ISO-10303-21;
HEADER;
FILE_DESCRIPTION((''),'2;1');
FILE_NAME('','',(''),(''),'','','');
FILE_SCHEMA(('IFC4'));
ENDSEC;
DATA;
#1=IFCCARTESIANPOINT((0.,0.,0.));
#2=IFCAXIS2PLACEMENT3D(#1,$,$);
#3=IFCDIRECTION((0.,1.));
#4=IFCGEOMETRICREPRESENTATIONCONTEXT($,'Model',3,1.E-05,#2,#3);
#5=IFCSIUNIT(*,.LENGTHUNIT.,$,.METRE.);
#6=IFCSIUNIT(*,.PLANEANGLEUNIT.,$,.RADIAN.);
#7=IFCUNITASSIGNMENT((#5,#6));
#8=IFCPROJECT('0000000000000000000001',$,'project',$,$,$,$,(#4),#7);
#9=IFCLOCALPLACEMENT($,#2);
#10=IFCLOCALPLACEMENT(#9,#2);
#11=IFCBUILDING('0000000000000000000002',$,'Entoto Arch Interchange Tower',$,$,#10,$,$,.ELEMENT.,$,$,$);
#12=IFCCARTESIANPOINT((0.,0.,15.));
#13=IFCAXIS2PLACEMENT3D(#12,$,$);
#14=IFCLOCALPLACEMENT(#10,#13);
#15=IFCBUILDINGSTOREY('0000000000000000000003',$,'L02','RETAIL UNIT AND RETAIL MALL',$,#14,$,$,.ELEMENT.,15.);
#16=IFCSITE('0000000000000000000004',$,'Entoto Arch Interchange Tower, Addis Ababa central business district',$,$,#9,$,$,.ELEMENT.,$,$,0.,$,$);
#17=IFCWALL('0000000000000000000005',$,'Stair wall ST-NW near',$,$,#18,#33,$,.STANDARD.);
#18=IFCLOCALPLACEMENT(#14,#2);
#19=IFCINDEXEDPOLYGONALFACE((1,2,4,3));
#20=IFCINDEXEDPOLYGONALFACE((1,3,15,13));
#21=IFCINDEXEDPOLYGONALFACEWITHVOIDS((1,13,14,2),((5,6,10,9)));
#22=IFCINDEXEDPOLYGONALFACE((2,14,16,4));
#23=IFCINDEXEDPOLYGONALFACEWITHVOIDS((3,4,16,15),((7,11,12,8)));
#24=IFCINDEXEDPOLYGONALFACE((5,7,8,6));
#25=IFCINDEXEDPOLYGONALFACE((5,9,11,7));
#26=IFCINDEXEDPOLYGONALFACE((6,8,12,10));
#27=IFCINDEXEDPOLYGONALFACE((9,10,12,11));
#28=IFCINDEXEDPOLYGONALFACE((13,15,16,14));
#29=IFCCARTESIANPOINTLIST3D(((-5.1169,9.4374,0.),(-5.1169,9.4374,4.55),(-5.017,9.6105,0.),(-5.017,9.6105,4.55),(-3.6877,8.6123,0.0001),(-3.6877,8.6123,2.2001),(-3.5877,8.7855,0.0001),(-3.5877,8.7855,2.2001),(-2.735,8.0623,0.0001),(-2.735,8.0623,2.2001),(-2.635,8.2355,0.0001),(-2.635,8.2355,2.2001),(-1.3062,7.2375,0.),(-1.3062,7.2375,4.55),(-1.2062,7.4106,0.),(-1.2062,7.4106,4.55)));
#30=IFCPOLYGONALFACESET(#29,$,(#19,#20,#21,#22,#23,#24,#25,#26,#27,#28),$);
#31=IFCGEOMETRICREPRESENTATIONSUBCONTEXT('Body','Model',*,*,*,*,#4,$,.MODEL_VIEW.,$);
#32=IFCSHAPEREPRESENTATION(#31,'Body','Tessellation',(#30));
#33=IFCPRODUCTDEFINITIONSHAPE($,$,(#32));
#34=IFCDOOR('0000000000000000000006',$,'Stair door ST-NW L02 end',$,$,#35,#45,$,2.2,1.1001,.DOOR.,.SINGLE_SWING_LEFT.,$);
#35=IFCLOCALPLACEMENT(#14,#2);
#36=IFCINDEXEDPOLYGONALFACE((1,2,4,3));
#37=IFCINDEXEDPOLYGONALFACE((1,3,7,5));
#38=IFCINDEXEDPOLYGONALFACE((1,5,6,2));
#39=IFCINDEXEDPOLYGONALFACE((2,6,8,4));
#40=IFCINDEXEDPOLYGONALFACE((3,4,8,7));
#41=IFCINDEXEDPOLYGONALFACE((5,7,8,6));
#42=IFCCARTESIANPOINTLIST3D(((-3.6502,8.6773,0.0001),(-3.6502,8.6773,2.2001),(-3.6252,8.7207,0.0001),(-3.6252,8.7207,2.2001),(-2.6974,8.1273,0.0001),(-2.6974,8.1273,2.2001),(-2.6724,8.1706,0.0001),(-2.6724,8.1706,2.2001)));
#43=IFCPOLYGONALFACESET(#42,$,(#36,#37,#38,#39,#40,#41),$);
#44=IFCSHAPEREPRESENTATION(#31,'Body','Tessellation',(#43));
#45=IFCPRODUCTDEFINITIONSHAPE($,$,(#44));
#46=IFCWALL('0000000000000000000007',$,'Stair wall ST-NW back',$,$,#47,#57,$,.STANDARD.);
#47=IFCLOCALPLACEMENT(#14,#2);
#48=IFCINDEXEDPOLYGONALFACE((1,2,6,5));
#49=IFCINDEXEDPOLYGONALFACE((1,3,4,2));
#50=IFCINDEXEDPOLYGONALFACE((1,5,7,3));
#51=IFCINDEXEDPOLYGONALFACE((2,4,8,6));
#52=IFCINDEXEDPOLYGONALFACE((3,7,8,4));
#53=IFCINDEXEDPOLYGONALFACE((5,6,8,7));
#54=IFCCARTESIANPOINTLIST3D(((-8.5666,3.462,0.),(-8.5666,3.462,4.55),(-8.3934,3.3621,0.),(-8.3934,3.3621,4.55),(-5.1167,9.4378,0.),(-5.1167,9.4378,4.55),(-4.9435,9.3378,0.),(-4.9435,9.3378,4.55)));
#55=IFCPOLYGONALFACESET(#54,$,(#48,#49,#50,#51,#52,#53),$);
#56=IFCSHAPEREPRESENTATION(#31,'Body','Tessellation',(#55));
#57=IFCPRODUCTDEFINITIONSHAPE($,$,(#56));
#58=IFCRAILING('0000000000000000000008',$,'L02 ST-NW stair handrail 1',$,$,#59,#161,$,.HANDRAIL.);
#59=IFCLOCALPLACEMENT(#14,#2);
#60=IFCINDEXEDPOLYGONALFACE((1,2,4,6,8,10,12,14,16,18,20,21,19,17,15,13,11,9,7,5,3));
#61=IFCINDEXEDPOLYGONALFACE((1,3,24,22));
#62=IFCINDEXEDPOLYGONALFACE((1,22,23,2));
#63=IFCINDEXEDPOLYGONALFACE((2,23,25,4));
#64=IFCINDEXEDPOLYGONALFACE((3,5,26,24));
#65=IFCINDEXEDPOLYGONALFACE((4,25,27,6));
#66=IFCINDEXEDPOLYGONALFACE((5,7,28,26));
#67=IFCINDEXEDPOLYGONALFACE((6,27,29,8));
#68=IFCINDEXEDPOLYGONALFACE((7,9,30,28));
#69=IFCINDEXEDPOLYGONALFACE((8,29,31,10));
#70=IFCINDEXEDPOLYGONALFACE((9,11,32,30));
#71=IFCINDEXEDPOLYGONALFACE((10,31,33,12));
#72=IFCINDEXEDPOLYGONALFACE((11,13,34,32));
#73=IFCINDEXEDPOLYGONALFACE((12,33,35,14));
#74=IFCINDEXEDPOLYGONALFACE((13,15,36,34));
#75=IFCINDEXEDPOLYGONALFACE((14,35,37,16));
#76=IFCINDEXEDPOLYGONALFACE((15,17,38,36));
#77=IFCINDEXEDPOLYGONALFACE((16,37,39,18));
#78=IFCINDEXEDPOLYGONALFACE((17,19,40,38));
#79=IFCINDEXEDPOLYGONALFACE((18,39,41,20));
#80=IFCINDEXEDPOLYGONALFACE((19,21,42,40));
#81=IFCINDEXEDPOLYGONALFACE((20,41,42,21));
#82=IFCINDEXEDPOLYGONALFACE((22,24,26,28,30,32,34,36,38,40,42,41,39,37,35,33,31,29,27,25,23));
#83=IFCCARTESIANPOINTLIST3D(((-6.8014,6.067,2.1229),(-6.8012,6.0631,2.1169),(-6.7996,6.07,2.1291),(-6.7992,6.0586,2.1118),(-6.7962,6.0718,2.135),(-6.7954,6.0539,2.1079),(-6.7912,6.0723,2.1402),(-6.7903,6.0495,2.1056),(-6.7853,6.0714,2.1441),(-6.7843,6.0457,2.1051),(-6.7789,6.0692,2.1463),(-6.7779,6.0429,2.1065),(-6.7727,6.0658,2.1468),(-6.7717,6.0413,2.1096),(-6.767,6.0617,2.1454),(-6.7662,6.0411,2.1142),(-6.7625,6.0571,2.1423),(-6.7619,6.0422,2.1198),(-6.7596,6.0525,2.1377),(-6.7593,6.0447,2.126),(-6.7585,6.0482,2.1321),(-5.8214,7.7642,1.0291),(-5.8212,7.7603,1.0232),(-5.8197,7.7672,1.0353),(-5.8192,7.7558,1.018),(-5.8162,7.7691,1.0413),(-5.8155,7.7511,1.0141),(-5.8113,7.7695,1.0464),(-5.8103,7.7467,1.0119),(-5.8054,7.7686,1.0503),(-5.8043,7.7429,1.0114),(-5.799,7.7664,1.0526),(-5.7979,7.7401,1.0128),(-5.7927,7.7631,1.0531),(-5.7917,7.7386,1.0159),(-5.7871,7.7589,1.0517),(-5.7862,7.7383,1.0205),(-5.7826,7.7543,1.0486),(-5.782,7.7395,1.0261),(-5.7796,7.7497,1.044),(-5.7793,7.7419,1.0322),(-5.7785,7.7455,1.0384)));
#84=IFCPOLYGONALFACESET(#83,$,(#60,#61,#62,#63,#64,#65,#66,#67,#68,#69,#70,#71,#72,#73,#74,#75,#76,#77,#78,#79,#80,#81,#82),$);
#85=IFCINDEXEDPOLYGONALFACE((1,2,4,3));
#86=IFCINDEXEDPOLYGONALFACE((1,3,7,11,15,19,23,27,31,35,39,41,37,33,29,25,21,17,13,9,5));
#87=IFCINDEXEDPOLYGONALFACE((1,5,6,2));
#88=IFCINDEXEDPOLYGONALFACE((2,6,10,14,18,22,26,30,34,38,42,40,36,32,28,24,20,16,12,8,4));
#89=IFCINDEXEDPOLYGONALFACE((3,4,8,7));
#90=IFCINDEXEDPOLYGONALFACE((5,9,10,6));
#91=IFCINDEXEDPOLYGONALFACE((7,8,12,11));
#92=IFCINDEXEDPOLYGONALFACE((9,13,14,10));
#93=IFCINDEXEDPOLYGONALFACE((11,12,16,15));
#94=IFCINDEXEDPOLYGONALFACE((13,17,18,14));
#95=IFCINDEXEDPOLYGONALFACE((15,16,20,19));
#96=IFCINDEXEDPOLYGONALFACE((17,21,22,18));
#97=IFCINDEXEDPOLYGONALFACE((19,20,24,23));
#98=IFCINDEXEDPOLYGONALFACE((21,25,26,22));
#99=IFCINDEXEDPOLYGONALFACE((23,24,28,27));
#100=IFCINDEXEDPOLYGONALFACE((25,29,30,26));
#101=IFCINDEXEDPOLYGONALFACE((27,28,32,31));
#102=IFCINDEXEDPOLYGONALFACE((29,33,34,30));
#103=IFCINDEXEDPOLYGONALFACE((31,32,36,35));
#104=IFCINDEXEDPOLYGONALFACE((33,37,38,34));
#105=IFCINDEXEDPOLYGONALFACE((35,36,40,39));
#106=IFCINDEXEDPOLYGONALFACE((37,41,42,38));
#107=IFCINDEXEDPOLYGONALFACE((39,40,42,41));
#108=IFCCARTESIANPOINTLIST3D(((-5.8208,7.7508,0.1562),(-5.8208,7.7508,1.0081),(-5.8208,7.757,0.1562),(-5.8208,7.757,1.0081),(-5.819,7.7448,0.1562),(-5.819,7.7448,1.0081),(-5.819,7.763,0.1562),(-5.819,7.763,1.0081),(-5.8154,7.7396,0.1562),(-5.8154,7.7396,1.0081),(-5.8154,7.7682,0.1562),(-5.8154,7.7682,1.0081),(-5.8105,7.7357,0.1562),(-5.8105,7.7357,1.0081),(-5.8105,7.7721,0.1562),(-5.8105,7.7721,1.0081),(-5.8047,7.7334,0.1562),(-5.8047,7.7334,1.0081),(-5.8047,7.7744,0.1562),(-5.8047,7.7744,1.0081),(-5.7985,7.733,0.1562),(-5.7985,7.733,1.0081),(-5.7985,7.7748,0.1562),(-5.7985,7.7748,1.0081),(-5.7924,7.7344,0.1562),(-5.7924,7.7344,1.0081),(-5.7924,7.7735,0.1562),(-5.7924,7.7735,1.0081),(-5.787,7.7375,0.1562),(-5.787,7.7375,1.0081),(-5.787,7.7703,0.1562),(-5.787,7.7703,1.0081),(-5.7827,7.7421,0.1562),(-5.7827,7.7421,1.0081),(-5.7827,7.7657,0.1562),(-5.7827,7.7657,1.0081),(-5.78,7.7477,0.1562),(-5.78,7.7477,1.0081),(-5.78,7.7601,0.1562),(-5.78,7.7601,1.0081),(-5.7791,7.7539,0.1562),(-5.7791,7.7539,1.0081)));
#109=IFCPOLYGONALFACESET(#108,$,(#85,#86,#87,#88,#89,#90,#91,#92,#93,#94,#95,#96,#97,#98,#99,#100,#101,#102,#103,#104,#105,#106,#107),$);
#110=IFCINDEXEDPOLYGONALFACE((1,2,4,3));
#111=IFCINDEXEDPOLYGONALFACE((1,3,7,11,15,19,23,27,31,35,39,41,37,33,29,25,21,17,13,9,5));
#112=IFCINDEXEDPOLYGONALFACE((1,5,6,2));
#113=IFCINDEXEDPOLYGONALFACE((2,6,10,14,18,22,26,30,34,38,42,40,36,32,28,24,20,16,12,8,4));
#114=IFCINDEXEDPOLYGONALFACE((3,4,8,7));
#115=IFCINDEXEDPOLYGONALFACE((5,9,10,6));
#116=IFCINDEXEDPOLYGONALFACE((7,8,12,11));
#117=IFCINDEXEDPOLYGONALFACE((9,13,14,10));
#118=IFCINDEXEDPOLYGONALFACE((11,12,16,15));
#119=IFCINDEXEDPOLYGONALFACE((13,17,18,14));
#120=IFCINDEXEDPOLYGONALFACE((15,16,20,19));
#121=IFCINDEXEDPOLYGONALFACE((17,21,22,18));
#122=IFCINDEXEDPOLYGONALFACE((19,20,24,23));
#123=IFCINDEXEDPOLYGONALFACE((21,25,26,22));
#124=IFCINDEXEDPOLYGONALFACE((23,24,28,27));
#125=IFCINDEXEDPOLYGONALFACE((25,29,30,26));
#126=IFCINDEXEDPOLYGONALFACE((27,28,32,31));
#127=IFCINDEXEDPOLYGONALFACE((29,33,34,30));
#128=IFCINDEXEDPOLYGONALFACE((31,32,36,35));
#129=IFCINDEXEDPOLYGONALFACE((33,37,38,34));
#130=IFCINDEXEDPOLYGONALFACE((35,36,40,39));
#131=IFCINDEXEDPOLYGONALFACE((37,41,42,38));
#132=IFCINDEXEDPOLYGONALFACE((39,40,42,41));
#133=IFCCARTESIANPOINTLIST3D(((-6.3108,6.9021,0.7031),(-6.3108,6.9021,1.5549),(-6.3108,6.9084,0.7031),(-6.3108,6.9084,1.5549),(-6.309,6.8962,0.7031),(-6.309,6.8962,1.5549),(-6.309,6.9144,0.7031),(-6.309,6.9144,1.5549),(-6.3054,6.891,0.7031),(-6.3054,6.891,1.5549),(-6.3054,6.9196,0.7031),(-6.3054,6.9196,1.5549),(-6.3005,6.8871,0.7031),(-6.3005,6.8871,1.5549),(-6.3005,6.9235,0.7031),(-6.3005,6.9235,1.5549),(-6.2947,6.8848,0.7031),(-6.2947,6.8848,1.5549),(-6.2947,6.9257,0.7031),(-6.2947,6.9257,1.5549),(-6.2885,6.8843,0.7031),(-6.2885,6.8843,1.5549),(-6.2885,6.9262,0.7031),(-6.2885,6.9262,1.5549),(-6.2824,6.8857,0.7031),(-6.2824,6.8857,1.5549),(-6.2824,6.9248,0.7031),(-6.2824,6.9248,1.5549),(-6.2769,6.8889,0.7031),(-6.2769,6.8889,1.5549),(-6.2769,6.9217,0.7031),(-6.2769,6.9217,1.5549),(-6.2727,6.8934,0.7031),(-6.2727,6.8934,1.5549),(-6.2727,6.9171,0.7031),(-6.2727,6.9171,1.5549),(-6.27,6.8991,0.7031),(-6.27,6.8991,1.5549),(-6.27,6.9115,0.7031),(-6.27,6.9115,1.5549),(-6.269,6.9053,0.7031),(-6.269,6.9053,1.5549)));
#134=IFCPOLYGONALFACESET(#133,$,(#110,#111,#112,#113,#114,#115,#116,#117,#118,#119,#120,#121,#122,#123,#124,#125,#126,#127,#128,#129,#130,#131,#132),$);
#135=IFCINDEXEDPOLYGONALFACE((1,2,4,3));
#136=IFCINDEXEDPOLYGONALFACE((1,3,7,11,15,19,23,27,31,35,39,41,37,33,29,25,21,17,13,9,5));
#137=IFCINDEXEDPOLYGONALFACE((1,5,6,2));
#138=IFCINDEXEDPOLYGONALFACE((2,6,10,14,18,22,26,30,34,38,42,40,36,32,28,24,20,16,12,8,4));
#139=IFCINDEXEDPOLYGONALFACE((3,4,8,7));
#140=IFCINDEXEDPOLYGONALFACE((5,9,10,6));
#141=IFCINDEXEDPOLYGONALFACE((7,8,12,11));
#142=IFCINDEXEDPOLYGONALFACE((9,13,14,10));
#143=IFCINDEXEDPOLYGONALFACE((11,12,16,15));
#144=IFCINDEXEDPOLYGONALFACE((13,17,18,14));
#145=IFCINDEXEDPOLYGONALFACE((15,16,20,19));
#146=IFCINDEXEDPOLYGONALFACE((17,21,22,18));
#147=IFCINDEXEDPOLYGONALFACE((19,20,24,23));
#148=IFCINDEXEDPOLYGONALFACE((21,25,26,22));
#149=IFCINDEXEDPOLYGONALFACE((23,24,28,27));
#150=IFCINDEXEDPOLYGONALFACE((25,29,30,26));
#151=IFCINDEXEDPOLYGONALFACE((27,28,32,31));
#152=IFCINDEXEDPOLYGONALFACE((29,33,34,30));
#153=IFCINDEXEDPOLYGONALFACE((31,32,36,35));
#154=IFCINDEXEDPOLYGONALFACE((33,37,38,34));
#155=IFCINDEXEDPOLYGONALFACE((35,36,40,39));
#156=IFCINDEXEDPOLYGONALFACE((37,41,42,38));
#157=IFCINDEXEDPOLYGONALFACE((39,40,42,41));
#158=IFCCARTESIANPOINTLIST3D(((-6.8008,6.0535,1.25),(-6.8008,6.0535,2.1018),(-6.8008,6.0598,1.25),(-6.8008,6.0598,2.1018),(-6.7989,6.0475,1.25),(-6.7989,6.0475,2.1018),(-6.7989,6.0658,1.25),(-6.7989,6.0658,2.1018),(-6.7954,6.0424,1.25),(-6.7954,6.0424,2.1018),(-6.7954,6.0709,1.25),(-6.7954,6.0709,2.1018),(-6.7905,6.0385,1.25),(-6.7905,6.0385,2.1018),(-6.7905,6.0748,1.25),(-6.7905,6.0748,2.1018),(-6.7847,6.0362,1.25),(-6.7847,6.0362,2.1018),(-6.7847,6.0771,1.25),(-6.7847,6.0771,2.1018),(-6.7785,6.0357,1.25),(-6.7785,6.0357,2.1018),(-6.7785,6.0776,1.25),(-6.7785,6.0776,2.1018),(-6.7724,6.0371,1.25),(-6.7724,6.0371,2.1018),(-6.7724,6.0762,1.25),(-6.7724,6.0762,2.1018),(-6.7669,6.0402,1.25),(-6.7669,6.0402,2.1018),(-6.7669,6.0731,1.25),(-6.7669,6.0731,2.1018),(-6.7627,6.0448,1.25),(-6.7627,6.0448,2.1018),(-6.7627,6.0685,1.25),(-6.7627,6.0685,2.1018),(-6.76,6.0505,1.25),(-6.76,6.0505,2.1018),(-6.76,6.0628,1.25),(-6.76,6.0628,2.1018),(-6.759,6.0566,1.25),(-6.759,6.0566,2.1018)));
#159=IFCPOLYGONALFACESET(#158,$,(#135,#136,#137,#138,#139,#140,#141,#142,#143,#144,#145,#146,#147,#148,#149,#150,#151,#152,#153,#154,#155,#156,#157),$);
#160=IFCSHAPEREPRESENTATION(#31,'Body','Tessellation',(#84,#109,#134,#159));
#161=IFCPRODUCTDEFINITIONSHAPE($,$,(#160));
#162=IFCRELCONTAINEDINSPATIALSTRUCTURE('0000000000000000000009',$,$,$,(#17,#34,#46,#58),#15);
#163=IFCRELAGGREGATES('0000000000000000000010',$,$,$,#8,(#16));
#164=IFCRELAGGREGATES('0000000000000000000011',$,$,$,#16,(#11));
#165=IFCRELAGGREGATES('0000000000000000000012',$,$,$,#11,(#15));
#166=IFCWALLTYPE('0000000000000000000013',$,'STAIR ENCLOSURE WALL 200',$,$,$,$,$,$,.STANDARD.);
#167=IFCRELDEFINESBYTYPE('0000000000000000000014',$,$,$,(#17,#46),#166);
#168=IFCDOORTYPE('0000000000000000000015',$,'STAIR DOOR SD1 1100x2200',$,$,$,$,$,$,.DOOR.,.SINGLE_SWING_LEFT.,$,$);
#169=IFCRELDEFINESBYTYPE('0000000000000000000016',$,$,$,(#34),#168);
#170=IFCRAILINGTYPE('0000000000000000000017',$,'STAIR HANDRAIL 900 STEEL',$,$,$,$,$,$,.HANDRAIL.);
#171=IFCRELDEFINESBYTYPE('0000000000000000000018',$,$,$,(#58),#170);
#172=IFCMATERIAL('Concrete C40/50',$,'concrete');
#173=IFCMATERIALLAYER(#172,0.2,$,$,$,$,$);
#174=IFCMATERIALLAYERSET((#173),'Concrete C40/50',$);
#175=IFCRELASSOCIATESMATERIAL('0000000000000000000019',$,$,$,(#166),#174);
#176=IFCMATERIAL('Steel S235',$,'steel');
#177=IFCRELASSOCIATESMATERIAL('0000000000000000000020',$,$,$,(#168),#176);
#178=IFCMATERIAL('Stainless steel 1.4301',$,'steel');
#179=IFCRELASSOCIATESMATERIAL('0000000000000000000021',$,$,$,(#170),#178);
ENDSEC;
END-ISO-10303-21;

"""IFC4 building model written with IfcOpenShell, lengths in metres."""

from ifc_helpers import new_model, si_unit, direction, frame, frame_2d, origin, origin_2d, place, context, subcontext, project, spatial, rectangle, circle, extrude, material, layer, layer_set, type_object, element, fill, save


model = new_model("IFC4")

# Units and contexts
model_context = context("Model", 3, precision=1e-05, world=origin(), true_north=direction((0.0, 1.0)))
body_context = subcontext(model_context, "Body", "Model", "MODEL_VIEW")
ifc_project = project(units=[si_unit("LENGTHUNIT", "METRE"), si_unit("PLANEANGLEUNIT", "RADIAN")], contexts=[model_context])

# Site, building, storey
site_placement = place(None, origin())
site = spatial("IfcSite", under=ifc_project, at=site_placement, Name="Entoto Arch Interchange Tower, Addis Ababa central business district", CompositionType="ELEMENT", RefElevation=0.0)
building_placement = place(site_placement, origin())
building = spatial("IfcBuilding", under=site, at=building_placement, Name="Entoto Arch Interchange Tower", CompositionType="ELEMENT")
storey_placement = place(building_placement, frame((0.0, 0.0, 15.0)))
storey = spatial("IfcBuildingStorey", under=building, at=storey_placement, Name="L02", Description="RETAIL UNIT AND RETAIL MALL", CompositionType="ELEMENT", Elevation=15.0)

# Shared definitions
ifc_material_1 = material(Name="Concrete C40/50", Category="concrete")

# Wall, opening, door
ifc_layer_1 = layer(ifc_material_1, 0.2)
ifc_layer_set_1 = layer_set([ifc_layer_1], Name="Concrete C40/50")
wall_type_1 = type_object("IfcWallType", Name="STAIR ENCLOSURE WALL 200", PredefinedType="STANDARD", material=ifc_layer_set_1)
wall_1_placement = place(storey_placement, frame((-1.2561, 7.324, 0.0), z_axis=(0.0, 0.0, 1.0), x_axis=(-0.866046, 0.499964, 0.0)))
wall_1 = element("IfcWall", 1, at=wall_1_placement, inside=storey, type_object=wall_type_1, Name="Stair wall ST-NW near", PredefinedType="STANDARD", context=body_context, shape_type="SweptSolid", body=[
    extrude(rectangle(XDim=4.4001, YDim=0.2, at=frame_2d((2.2002, 0.0))), origin(), (0.0, 0.0, 1.0), 4.55),
])
opening_1_placement = place(wall_1_placement, frame((1.6499, 0.0, 0.0)))
opening_1 = element("IfcOpeningElement", 2, at=opening_1_placement, cuts=wall_1, PredefinedType="OPENING", context=body_context, shape_type="SweptSolid", body=[
    extrude(rectangle(XDim=1.1001, YDim=2.2, at=frame_2d((0.55, 1.1001))), frame((0.0, 0.1099, 0.0), z_axis=(0.0, -1.0, 0.0), x_axis=(1.0, 0.0, 0.0)), (0.0, 0.0, 1.0), 0.22),
])
ifc_material_2 = material(Name="Steel S235", Category="steel")
door_type_1 = type_object("IfcDoorType", Name="STAIR DOOR SD1 1100x2200", OperationType="SINGLE_SWING_LEFT", PredefinedType="DOOR", material=ifc_material_2)
door_1_placement = place(opening_1_placement, origin())
door_1 = element("IfcDoor", 3, at=door_1_placement, inside=storey, type_object=door_type_1, Name="Stair door ST-NW L02 end", OperationType="SINGLE_SWING_LEFT", OverallHeight=2.2, OverallWidth=1.1001, PredefinedType="DOOR", context=body_context, shape_type="SweptSolid", body=[
    extrude(rectangle(XDim=1.1001, YDim=2.2, at=frame_2d((0.55, 1.1001))), frame((0.0, 0.0249, 0.0), z_axis=(0.0, -1.0, 0.0), x_axis=(1.0, 0.0, 0.0)), (0.0, 0.0, 1.0), 0.05),
])
fill(opening_1, door_1)

# Wall
wall_2_placement = place(storey_placement, frame((-5.03, 9.3879, 0.0), z_axis=(0.0, 0.0, 1.0), x_axis=(-0.499979, -0.866038, 0.0)))
element("IfcWall", 4, at=wall_2_placement, inside=storey, type_object=wall_type_1, Name="Stair wall ST-NW back", PredefinedType="STANDARD", context=body_context, shape_type="SweptSolid", body=[
    extrude(rectangle(XDim=6.9001, YDim=0.2, at=frame_2d((3.4502, 0.0))), origin(), (0.0, 0.0, 1.0), 4.55),
])

# Railing
ifc_material_3 = material(Name="Stainless steel 1.4301", Category="steel")
railing_type = type_object("IfcRailingType", Name="STAIR HANDRAIL 900 STEEL", PredefinedType="HANDRAIL", material=ifc_material_3)
for number, where, name in (
    (5, (-5.8, 7.7539, 0.1562), "L02 ST-NW stair handrail 1"),
):
    element("IfcRailing", number, at=place(storey_placement, frame(where)), inside=storey, type_object=railing_type, Name=name, PredefinedType="HANDRAIL", context=body_context, shape_type="SweptSolid", body=[
        extrude(circle(Radius=0.0239, at=origin_2d()), frame((0.0, 0.0, 0.876), z_axis=(-0.436632, -0.75622, 0.487323), x_axis=(0.866011, -0.500024, 0.0)), (0.0, 0.0, 1.0), 2.2444),
        extrude(circle(Radius=0.021, at=origin_2d()), origin(), (0.0, 0.0, 1.0), 0.8518),
        extrude(circle(Radius=0.021, at=origin_2d()), frame((-0.49, -0.8486, 0.5469)), (0.0, 0.0, 1.0), 0.8518),
        extrude(circle(Radius=0.021, at=origin_2d()), frame((-0.98, -1.6973, 1.0938)), (0.0, 0.0, 1.0), 0.8518),
    ])

save(model, "model.ifc")
